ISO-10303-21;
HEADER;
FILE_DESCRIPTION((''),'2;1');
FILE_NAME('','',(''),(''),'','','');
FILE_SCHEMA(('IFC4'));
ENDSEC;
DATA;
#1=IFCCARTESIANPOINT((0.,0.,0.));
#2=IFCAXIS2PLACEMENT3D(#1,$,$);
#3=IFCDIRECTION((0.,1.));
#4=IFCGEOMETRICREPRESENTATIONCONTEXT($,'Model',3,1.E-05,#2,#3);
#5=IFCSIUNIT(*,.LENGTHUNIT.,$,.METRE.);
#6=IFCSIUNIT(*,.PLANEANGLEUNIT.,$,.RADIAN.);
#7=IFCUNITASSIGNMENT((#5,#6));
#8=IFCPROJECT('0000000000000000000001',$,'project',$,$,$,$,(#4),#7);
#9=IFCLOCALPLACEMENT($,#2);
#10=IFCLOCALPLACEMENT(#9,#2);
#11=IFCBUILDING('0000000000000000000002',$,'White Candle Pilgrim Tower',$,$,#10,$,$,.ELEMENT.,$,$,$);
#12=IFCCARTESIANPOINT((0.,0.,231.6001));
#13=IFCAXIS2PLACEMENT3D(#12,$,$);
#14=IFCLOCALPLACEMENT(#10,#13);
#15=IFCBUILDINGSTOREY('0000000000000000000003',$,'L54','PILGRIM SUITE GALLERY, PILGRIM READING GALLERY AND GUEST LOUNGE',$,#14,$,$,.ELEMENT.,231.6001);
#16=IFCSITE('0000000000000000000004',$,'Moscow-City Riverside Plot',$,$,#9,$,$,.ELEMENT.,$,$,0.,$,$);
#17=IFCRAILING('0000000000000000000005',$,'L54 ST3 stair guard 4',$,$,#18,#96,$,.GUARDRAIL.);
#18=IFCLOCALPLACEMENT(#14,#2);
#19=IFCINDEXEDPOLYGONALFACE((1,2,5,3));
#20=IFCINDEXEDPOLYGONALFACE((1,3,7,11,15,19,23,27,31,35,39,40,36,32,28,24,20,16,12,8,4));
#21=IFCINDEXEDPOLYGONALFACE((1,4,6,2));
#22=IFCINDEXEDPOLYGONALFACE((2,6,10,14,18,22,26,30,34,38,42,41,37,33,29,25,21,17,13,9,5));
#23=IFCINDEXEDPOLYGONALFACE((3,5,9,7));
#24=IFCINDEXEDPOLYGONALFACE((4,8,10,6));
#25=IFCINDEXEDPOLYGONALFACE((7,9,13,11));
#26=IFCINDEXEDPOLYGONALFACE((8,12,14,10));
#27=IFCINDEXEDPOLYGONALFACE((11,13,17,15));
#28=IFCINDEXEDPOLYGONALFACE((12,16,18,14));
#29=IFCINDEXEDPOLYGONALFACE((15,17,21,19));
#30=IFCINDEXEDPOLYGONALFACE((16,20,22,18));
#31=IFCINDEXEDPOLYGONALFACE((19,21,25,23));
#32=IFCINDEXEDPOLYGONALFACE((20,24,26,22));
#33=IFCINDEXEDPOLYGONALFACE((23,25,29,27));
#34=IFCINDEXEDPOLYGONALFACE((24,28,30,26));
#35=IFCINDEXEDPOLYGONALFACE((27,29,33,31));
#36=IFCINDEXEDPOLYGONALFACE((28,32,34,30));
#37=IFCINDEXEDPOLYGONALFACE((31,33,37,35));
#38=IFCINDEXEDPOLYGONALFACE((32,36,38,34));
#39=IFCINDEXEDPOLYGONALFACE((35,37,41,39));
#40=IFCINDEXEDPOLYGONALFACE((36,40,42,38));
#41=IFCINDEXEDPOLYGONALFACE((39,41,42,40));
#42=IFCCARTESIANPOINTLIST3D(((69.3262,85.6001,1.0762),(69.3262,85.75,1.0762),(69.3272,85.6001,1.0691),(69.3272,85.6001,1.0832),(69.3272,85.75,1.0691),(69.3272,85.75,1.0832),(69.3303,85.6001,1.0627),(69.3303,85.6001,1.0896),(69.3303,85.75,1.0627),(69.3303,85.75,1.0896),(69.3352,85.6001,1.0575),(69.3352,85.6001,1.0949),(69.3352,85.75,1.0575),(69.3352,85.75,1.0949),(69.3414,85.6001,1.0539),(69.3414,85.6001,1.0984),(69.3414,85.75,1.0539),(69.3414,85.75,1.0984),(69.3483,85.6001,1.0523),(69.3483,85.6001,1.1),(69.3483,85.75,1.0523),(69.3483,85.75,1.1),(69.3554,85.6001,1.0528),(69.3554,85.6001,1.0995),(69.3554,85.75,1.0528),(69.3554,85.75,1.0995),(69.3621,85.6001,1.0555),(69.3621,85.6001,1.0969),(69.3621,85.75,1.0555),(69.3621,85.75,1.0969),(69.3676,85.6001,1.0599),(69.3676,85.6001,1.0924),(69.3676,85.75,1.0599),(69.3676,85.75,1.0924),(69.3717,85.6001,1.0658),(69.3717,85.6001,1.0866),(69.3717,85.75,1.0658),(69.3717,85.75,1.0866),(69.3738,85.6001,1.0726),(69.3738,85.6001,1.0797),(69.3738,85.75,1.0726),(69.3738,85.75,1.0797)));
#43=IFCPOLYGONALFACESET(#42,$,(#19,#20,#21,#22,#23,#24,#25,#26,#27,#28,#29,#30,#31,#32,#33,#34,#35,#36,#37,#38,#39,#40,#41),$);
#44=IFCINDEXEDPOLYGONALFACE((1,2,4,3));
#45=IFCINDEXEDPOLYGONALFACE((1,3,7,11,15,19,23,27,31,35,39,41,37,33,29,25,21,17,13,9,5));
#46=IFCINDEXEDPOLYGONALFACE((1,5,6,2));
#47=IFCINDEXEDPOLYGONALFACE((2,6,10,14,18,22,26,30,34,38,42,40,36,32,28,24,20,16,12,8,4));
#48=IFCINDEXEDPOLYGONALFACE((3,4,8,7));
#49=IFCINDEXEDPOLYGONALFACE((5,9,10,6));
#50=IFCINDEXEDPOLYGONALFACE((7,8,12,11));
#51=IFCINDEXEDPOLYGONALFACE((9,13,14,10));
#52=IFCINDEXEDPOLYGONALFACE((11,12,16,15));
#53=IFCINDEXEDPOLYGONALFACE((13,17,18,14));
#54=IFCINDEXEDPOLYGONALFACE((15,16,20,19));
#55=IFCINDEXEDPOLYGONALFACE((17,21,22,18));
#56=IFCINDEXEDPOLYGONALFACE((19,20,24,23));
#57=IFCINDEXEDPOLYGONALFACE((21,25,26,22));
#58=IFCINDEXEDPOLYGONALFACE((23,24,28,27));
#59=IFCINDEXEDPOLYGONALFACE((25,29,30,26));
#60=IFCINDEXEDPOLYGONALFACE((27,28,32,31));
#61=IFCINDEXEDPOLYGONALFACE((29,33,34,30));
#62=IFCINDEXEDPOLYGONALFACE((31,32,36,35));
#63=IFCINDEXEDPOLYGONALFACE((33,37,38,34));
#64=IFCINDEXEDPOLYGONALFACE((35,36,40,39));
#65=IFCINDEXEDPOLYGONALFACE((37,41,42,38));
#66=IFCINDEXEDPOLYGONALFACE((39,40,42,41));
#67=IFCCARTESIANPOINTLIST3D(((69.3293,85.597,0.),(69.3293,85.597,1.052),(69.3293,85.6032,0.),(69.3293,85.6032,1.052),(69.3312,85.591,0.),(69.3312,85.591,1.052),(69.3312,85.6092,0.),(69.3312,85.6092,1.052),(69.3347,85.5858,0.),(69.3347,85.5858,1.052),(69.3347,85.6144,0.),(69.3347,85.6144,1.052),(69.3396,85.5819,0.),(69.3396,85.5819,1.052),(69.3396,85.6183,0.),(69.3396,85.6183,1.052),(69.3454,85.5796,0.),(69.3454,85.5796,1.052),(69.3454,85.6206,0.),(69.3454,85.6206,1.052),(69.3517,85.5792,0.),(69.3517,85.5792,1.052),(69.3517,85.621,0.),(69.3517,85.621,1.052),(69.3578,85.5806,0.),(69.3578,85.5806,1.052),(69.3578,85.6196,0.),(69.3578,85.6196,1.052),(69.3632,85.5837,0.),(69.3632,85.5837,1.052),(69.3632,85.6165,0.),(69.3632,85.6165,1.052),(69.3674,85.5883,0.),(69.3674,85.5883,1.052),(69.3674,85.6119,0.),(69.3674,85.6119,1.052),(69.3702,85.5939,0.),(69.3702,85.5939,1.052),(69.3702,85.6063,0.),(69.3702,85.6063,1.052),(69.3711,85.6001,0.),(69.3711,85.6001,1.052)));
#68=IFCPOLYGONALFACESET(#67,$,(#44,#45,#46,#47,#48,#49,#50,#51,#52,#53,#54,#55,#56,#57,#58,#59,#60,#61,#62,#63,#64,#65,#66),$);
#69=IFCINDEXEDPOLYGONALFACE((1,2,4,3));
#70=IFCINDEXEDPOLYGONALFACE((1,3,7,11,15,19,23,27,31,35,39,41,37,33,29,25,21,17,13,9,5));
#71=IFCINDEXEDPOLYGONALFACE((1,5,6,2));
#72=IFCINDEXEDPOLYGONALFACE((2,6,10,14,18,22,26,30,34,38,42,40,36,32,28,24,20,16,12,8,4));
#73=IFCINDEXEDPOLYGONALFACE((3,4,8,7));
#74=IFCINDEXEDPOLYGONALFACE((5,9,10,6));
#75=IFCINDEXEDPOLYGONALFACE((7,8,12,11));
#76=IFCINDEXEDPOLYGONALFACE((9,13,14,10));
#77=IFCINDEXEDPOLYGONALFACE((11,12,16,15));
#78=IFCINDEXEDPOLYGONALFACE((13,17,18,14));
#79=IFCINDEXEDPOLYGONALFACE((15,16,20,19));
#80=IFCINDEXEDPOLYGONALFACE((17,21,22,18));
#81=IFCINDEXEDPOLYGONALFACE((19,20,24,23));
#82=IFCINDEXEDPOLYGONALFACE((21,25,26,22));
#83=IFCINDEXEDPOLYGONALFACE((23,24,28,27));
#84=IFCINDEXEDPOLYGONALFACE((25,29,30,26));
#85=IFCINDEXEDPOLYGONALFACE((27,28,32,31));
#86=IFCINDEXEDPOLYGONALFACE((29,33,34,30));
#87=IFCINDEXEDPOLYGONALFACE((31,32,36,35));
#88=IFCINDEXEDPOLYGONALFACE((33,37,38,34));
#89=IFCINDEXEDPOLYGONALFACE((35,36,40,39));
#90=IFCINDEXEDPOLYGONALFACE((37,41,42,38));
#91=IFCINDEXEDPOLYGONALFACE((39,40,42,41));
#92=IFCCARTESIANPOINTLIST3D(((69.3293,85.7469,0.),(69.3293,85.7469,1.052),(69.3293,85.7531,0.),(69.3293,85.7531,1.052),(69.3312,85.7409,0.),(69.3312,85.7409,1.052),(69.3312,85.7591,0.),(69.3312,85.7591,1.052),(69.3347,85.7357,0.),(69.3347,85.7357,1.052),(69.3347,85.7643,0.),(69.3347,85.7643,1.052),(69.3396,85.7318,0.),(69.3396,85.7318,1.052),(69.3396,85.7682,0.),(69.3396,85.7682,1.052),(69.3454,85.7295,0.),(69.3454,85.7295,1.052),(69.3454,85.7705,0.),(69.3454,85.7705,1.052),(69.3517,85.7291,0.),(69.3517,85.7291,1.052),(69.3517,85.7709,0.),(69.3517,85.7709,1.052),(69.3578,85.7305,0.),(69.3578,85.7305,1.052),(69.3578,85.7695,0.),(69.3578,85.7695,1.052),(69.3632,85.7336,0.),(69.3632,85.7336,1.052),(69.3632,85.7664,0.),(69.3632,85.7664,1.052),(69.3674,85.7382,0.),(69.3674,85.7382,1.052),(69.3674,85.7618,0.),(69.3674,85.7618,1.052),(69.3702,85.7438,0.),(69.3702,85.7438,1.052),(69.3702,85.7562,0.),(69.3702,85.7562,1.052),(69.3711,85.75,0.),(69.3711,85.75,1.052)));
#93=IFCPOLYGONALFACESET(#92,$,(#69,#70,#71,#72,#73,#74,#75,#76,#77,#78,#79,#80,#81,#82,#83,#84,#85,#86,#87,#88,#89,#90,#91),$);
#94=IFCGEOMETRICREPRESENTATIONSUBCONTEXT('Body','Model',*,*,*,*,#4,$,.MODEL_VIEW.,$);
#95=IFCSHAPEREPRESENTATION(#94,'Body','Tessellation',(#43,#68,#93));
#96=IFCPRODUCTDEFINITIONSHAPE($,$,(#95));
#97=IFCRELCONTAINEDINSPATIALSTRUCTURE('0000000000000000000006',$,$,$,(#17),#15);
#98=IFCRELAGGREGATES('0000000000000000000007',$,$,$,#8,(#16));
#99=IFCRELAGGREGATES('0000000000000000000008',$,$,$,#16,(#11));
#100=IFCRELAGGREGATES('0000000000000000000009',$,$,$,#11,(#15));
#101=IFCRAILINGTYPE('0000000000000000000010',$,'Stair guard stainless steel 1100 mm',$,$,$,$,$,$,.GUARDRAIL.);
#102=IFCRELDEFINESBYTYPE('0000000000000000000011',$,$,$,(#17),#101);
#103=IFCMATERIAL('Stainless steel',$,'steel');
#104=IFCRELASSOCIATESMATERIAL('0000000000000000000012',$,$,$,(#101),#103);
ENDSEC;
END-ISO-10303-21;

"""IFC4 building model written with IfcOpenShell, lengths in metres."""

from ifc_helpers import new_model, si_unit, direction, frame, origin, origin_2d, place, context, subcontext, project, spatial, circle, extrude, material, type_object, element, save


model = new_model("IFC4")

# Units and contexts
model_context = context("Model", 3, precision=1e-05, world=origin(), true_north=direction((0.0, 1.0)))
body_context = subcontext(model_context, "Body", "Model", "MODEL_VIEW")
ifc_project = project(units=[si_unit("LENGTHUNIT", "METRE"), si_unit("PLANEANGLEUNIT", "RADIAN")], contexts=[model_context])

# Site, building, storey
site_placement = place(None, origin())
site = spatial("IfcSite", under=ifc_project, at=site_placement, Name="Moscow-City Riverside Plot", CompositionType="ELEMENT", RefElevation=0.0)
building_placement = place(site_placement, origin())
building = spatial("IfcBuilding", under=site, at=building_placement, Name="White Candle Pilgrim Tower", CompositionType="ELEMENT")
storey_placement = place(building_placement, frame((0.0, 0.0, 231.6001)))
storey = spatial("IfcBuildingStorey", under=building, at=storey_placement, Name="L54", Description="PILGRIM SUITE GALLERY, PILGRIM READING GALLERY AND GUEST LOUNGE", CompositionType="ELEMENT", Elevation=231.6001)

# Railing
ifc_material_1 = material(Name="Stainless steel", Category="steel")
railing_type_1 = type_object("IfcRailingType", Name="Stair guard stainless steel 1100 mm", PredefinedType="GUARDRAIL", material=ifc_material_1)
railing_1_placement = place(storey_placement, frame((69.3501, 85.6001, 0.0)))
element("IfcRailing", 1, at=railing_1_placement, inside=storey, type_object=railing_type_1, Name="L54 ST3 stair guard 4", PredefinedType="GUARDRAIL", context=body_context, shape_type="SweptSolid", body=[
    extrude(circle(Radius=0.0239, at=origin_2d()), frame((0.0, 0.0, 1.0762), z_axis=(0.0, 1.0, 0.0), x_axis=(-1.0, 0.0, 0.0)), (0.0, 0.0, 1.0), 0.1499),
    extrude(circle(Radius=0.021, at=origin_2d()), origin(), (0.0, 0.0, 1.0), 1.052),
    extrude(circle(Radius=0.021, at=origin_2d()), frame((0.0, 0.1499, 0.0)), (0.0, 0.0, 1.0), 1.052),
])

save(model, "model.ifc")
